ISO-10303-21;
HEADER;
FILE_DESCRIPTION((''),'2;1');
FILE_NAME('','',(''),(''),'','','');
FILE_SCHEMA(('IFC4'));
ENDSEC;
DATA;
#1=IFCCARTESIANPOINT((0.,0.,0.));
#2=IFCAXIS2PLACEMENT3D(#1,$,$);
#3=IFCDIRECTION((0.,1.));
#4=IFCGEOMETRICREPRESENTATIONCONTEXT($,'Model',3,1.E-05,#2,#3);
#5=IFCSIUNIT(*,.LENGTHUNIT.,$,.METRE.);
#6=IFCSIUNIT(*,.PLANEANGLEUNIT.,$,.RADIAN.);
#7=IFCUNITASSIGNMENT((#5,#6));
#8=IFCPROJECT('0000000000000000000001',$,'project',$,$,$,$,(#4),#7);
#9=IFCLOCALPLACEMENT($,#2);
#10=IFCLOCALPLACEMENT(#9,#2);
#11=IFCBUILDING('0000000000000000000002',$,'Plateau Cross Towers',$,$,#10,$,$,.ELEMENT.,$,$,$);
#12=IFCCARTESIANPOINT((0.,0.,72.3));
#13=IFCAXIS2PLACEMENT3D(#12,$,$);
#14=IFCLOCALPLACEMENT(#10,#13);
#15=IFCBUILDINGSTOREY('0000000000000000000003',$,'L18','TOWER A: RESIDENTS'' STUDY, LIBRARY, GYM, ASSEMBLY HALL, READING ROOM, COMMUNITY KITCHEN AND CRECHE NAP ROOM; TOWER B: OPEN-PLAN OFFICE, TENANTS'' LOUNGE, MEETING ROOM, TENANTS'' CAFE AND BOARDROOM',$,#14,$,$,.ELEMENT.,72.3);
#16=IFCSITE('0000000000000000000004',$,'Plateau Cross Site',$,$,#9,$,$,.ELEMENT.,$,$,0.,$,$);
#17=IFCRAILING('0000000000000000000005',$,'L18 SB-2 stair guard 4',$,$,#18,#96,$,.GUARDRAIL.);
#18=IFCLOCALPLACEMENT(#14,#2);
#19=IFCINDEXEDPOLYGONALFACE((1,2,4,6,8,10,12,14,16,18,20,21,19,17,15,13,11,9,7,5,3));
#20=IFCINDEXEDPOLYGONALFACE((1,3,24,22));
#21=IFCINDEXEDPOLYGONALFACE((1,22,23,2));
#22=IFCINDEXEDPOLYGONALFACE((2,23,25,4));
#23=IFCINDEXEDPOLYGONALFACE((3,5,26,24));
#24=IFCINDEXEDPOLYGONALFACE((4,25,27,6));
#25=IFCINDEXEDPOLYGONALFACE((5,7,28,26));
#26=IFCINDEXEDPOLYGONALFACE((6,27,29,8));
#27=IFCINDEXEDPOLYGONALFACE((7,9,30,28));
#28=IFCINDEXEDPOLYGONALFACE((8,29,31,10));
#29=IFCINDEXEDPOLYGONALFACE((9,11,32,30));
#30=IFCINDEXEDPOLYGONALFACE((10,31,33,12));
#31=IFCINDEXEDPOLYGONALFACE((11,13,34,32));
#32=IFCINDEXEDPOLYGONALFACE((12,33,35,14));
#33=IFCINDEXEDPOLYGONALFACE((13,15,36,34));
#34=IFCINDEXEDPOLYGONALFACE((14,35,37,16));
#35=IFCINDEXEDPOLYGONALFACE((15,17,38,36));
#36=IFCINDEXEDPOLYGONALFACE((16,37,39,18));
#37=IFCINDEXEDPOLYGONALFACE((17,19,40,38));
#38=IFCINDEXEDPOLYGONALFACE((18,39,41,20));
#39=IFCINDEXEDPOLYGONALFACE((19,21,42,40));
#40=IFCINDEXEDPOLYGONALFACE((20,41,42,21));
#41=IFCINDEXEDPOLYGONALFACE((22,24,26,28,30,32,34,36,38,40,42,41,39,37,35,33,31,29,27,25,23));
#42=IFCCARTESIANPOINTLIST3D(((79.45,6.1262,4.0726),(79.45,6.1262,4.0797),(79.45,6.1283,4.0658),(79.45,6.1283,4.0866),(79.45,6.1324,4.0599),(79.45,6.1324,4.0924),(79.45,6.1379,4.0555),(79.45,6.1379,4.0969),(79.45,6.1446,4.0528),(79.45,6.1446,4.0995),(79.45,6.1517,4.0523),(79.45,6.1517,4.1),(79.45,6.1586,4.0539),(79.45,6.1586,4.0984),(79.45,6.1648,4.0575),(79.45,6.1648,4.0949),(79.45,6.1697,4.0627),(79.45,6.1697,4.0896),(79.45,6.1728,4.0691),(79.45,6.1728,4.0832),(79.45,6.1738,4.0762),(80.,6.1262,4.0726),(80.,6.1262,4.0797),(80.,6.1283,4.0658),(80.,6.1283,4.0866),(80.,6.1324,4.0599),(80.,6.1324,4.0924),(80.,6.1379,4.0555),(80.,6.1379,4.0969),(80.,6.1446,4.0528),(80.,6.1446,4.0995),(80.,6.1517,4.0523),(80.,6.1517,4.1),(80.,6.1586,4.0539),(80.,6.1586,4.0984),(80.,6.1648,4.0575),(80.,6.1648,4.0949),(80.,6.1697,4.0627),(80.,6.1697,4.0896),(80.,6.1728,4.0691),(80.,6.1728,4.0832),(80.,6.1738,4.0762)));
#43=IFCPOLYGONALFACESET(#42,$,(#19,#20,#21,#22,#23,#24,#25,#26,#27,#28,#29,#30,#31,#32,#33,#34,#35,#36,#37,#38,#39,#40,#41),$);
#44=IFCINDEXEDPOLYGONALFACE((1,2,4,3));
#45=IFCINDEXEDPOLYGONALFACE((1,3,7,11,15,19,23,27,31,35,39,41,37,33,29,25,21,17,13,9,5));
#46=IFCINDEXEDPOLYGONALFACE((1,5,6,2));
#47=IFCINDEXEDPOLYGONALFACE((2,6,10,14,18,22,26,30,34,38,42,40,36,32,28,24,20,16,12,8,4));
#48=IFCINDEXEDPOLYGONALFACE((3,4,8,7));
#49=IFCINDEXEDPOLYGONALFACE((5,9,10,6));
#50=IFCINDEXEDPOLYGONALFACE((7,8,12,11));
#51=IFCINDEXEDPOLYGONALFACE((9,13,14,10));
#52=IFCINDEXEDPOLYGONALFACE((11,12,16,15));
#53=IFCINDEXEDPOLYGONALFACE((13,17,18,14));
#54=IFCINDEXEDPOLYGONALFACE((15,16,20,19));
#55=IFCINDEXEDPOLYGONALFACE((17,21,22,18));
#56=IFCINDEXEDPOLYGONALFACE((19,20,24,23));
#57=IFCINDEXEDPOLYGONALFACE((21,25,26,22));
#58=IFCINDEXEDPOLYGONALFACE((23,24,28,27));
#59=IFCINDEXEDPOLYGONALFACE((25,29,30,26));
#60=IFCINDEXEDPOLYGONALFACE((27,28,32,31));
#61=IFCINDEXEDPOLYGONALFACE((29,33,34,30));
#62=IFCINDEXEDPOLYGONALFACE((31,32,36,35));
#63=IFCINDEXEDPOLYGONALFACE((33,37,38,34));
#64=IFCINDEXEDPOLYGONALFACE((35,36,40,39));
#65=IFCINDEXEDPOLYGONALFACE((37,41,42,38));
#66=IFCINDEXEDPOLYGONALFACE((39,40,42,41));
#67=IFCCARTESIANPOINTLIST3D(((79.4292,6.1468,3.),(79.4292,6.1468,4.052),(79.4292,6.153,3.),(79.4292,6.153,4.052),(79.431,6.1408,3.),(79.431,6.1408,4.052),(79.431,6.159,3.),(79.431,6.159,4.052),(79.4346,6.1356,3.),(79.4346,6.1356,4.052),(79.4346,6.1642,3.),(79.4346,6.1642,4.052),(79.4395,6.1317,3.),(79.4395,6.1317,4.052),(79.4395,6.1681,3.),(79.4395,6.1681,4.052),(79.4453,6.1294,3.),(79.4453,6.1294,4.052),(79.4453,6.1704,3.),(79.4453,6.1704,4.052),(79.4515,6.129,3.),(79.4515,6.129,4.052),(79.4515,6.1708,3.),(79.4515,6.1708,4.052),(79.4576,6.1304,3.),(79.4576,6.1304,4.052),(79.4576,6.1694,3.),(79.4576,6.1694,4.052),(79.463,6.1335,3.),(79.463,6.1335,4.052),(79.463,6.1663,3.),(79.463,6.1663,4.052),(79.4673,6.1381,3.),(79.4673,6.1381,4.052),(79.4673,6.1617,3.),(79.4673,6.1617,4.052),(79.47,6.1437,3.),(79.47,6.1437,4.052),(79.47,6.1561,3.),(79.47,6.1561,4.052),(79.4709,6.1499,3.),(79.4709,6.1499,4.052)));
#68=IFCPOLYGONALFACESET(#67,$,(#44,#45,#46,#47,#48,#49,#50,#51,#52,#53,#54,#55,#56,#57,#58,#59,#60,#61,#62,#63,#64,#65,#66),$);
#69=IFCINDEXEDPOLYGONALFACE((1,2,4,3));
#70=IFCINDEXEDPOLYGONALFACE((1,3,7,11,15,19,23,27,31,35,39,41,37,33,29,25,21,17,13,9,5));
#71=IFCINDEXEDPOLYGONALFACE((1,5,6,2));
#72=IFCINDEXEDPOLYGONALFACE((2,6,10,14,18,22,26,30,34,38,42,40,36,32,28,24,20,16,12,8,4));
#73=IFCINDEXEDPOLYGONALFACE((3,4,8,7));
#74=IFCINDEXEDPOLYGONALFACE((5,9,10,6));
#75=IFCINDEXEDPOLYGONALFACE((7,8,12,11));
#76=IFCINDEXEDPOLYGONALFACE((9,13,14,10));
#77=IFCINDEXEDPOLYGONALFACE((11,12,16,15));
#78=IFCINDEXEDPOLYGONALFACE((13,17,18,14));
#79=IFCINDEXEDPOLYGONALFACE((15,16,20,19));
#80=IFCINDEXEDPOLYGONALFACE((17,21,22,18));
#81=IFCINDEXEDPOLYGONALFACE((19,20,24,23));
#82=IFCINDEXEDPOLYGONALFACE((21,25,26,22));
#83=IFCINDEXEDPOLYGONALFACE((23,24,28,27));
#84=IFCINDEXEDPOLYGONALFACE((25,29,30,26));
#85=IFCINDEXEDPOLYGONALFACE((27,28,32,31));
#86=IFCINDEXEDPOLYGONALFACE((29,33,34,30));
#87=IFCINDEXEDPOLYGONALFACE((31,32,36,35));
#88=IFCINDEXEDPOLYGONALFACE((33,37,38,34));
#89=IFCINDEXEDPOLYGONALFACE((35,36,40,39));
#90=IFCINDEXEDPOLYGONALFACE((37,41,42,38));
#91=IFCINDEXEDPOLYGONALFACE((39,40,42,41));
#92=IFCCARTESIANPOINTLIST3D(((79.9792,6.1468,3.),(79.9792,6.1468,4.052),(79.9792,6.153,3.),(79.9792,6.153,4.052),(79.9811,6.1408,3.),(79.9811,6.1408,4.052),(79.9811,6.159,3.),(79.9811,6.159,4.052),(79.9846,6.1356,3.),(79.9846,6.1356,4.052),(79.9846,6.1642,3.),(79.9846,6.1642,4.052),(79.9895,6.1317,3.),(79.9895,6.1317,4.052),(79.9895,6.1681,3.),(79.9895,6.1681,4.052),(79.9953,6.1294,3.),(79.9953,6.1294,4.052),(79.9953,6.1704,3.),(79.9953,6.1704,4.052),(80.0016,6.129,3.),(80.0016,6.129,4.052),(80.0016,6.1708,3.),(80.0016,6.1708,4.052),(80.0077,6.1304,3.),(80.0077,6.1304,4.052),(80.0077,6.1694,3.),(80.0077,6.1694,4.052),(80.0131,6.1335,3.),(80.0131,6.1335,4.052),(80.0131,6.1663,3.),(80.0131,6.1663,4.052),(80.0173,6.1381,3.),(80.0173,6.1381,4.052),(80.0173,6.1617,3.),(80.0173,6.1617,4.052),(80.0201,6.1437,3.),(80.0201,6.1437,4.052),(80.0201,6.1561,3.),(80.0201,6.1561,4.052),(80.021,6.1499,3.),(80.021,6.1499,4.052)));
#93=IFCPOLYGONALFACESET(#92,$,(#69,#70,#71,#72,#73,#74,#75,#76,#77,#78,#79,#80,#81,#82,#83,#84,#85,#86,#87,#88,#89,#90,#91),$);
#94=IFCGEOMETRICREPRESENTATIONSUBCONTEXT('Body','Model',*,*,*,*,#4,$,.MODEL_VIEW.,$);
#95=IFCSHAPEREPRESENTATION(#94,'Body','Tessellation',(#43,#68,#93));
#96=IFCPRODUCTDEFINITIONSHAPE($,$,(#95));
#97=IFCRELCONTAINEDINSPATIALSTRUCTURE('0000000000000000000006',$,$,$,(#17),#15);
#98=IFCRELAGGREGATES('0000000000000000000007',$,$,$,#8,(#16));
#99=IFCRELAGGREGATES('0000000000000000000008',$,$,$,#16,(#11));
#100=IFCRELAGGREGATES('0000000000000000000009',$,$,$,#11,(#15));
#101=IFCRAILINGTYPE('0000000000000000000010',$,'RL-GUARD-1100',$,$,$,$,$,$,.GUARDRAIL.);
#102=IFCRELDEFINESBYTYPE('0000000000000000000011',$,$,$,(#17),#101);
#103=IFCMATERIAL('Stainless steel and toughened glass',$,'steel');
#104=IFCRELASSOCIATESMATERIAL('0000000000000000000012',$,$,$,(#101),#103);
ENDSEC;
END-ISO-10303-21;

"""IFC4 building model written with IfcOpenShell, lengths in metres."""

from ifc_helpers import new_model, si_unit, direction, frame, origin, origin_2d, place, context, subcontext, project, spatial, circle, extrude, material, type_object, element, save


model = new_model("IFC4")

# Units and contexts
model_context = context("Model", 3, precision=1e-05, world=origin(), true_north=direction((0.0, 1.0)))
body_context = subcontext(model_context, "Body", "Model", "MODEL_VIEW")
ifc_project = project(units=[si_unit("LENGTHUNIT", "METRE"), si_unit("PLANEANGLEUNIT", "RADIAN")], contexts=[model_context])

# Site, building, storey
site_placement = place(None, origin())
site = spatial("IfcSite", under=ifc_project, at=site_placement, Name="Plateau Cross Site", CompositionType="ELEMENT", RefElevation=0.0)
building_placement = place(site_placement, origin())
building = spatial("IfcBuilding", under=site, at=building_placement, Name="Plateau Cross Towers", CompositionType="ELEMENT")
storey_placement = place(building_placement, frame((0.0, 0.0, 72.3)))
storey = spatial("IfcBuildingStorey", under=building, at=storey_placement, Name="L18", Description="TOWER A: RESIDENTS' STUDY, LIBRARY, GYM, ASSEMBLY HALL, READING ROOM, COMMUNITY KITCHEN AND CRECHE NAP ROOM; TOWER B: OPEN-PLAN OFFICE, TENANTS' LOUNGE, MEETING ROOM, TENANTS' CAFE AND BOARDROOM", CompositionType="ELEMENT", Elevation=72.3)

# Railing
ifc_material_1 = material(Name="Stainless steel and toughened glass", Category="steel")
railing_type_1 = type_object("IfcRailingType", Name="RL-GUARD-1100", PredefinedType="GUARDRAIL", material=ifc_material_1)
railing_1_placement = place(storey_placement, frame((79.45, 6.1499, 3.0)))
element("IfcRailing", 1, at=railing_1_placement, inside=storey, type_object=railing_type_1, Name="L18 SB-2 stair guard 4", PredefinedType="GUARDRAIL", context=body_context, shape_type="SweptSolid", body=[
    extrude(circle(Radius=0.0239, at=origin_2d()), frame((0.0, 0.0, 1.0762), z_axis=(1.0, 0.0, 0.0), x_axis=(0.0, 1.0, 0.0)), (0.0, 0.0, 1.0), 0.55),
    extrude(circle(Radius=0.021, at=origin_2d()), origin(), (0.0, 0.0, 1.0), 1.052),
    extrude(circle(Radius=0.021, at=origin_2d()), frame((0.55, 0.0, 0.0)), (0.0, 0.0, 1.0), 1.052),
])

save(model, "model.ifc")
